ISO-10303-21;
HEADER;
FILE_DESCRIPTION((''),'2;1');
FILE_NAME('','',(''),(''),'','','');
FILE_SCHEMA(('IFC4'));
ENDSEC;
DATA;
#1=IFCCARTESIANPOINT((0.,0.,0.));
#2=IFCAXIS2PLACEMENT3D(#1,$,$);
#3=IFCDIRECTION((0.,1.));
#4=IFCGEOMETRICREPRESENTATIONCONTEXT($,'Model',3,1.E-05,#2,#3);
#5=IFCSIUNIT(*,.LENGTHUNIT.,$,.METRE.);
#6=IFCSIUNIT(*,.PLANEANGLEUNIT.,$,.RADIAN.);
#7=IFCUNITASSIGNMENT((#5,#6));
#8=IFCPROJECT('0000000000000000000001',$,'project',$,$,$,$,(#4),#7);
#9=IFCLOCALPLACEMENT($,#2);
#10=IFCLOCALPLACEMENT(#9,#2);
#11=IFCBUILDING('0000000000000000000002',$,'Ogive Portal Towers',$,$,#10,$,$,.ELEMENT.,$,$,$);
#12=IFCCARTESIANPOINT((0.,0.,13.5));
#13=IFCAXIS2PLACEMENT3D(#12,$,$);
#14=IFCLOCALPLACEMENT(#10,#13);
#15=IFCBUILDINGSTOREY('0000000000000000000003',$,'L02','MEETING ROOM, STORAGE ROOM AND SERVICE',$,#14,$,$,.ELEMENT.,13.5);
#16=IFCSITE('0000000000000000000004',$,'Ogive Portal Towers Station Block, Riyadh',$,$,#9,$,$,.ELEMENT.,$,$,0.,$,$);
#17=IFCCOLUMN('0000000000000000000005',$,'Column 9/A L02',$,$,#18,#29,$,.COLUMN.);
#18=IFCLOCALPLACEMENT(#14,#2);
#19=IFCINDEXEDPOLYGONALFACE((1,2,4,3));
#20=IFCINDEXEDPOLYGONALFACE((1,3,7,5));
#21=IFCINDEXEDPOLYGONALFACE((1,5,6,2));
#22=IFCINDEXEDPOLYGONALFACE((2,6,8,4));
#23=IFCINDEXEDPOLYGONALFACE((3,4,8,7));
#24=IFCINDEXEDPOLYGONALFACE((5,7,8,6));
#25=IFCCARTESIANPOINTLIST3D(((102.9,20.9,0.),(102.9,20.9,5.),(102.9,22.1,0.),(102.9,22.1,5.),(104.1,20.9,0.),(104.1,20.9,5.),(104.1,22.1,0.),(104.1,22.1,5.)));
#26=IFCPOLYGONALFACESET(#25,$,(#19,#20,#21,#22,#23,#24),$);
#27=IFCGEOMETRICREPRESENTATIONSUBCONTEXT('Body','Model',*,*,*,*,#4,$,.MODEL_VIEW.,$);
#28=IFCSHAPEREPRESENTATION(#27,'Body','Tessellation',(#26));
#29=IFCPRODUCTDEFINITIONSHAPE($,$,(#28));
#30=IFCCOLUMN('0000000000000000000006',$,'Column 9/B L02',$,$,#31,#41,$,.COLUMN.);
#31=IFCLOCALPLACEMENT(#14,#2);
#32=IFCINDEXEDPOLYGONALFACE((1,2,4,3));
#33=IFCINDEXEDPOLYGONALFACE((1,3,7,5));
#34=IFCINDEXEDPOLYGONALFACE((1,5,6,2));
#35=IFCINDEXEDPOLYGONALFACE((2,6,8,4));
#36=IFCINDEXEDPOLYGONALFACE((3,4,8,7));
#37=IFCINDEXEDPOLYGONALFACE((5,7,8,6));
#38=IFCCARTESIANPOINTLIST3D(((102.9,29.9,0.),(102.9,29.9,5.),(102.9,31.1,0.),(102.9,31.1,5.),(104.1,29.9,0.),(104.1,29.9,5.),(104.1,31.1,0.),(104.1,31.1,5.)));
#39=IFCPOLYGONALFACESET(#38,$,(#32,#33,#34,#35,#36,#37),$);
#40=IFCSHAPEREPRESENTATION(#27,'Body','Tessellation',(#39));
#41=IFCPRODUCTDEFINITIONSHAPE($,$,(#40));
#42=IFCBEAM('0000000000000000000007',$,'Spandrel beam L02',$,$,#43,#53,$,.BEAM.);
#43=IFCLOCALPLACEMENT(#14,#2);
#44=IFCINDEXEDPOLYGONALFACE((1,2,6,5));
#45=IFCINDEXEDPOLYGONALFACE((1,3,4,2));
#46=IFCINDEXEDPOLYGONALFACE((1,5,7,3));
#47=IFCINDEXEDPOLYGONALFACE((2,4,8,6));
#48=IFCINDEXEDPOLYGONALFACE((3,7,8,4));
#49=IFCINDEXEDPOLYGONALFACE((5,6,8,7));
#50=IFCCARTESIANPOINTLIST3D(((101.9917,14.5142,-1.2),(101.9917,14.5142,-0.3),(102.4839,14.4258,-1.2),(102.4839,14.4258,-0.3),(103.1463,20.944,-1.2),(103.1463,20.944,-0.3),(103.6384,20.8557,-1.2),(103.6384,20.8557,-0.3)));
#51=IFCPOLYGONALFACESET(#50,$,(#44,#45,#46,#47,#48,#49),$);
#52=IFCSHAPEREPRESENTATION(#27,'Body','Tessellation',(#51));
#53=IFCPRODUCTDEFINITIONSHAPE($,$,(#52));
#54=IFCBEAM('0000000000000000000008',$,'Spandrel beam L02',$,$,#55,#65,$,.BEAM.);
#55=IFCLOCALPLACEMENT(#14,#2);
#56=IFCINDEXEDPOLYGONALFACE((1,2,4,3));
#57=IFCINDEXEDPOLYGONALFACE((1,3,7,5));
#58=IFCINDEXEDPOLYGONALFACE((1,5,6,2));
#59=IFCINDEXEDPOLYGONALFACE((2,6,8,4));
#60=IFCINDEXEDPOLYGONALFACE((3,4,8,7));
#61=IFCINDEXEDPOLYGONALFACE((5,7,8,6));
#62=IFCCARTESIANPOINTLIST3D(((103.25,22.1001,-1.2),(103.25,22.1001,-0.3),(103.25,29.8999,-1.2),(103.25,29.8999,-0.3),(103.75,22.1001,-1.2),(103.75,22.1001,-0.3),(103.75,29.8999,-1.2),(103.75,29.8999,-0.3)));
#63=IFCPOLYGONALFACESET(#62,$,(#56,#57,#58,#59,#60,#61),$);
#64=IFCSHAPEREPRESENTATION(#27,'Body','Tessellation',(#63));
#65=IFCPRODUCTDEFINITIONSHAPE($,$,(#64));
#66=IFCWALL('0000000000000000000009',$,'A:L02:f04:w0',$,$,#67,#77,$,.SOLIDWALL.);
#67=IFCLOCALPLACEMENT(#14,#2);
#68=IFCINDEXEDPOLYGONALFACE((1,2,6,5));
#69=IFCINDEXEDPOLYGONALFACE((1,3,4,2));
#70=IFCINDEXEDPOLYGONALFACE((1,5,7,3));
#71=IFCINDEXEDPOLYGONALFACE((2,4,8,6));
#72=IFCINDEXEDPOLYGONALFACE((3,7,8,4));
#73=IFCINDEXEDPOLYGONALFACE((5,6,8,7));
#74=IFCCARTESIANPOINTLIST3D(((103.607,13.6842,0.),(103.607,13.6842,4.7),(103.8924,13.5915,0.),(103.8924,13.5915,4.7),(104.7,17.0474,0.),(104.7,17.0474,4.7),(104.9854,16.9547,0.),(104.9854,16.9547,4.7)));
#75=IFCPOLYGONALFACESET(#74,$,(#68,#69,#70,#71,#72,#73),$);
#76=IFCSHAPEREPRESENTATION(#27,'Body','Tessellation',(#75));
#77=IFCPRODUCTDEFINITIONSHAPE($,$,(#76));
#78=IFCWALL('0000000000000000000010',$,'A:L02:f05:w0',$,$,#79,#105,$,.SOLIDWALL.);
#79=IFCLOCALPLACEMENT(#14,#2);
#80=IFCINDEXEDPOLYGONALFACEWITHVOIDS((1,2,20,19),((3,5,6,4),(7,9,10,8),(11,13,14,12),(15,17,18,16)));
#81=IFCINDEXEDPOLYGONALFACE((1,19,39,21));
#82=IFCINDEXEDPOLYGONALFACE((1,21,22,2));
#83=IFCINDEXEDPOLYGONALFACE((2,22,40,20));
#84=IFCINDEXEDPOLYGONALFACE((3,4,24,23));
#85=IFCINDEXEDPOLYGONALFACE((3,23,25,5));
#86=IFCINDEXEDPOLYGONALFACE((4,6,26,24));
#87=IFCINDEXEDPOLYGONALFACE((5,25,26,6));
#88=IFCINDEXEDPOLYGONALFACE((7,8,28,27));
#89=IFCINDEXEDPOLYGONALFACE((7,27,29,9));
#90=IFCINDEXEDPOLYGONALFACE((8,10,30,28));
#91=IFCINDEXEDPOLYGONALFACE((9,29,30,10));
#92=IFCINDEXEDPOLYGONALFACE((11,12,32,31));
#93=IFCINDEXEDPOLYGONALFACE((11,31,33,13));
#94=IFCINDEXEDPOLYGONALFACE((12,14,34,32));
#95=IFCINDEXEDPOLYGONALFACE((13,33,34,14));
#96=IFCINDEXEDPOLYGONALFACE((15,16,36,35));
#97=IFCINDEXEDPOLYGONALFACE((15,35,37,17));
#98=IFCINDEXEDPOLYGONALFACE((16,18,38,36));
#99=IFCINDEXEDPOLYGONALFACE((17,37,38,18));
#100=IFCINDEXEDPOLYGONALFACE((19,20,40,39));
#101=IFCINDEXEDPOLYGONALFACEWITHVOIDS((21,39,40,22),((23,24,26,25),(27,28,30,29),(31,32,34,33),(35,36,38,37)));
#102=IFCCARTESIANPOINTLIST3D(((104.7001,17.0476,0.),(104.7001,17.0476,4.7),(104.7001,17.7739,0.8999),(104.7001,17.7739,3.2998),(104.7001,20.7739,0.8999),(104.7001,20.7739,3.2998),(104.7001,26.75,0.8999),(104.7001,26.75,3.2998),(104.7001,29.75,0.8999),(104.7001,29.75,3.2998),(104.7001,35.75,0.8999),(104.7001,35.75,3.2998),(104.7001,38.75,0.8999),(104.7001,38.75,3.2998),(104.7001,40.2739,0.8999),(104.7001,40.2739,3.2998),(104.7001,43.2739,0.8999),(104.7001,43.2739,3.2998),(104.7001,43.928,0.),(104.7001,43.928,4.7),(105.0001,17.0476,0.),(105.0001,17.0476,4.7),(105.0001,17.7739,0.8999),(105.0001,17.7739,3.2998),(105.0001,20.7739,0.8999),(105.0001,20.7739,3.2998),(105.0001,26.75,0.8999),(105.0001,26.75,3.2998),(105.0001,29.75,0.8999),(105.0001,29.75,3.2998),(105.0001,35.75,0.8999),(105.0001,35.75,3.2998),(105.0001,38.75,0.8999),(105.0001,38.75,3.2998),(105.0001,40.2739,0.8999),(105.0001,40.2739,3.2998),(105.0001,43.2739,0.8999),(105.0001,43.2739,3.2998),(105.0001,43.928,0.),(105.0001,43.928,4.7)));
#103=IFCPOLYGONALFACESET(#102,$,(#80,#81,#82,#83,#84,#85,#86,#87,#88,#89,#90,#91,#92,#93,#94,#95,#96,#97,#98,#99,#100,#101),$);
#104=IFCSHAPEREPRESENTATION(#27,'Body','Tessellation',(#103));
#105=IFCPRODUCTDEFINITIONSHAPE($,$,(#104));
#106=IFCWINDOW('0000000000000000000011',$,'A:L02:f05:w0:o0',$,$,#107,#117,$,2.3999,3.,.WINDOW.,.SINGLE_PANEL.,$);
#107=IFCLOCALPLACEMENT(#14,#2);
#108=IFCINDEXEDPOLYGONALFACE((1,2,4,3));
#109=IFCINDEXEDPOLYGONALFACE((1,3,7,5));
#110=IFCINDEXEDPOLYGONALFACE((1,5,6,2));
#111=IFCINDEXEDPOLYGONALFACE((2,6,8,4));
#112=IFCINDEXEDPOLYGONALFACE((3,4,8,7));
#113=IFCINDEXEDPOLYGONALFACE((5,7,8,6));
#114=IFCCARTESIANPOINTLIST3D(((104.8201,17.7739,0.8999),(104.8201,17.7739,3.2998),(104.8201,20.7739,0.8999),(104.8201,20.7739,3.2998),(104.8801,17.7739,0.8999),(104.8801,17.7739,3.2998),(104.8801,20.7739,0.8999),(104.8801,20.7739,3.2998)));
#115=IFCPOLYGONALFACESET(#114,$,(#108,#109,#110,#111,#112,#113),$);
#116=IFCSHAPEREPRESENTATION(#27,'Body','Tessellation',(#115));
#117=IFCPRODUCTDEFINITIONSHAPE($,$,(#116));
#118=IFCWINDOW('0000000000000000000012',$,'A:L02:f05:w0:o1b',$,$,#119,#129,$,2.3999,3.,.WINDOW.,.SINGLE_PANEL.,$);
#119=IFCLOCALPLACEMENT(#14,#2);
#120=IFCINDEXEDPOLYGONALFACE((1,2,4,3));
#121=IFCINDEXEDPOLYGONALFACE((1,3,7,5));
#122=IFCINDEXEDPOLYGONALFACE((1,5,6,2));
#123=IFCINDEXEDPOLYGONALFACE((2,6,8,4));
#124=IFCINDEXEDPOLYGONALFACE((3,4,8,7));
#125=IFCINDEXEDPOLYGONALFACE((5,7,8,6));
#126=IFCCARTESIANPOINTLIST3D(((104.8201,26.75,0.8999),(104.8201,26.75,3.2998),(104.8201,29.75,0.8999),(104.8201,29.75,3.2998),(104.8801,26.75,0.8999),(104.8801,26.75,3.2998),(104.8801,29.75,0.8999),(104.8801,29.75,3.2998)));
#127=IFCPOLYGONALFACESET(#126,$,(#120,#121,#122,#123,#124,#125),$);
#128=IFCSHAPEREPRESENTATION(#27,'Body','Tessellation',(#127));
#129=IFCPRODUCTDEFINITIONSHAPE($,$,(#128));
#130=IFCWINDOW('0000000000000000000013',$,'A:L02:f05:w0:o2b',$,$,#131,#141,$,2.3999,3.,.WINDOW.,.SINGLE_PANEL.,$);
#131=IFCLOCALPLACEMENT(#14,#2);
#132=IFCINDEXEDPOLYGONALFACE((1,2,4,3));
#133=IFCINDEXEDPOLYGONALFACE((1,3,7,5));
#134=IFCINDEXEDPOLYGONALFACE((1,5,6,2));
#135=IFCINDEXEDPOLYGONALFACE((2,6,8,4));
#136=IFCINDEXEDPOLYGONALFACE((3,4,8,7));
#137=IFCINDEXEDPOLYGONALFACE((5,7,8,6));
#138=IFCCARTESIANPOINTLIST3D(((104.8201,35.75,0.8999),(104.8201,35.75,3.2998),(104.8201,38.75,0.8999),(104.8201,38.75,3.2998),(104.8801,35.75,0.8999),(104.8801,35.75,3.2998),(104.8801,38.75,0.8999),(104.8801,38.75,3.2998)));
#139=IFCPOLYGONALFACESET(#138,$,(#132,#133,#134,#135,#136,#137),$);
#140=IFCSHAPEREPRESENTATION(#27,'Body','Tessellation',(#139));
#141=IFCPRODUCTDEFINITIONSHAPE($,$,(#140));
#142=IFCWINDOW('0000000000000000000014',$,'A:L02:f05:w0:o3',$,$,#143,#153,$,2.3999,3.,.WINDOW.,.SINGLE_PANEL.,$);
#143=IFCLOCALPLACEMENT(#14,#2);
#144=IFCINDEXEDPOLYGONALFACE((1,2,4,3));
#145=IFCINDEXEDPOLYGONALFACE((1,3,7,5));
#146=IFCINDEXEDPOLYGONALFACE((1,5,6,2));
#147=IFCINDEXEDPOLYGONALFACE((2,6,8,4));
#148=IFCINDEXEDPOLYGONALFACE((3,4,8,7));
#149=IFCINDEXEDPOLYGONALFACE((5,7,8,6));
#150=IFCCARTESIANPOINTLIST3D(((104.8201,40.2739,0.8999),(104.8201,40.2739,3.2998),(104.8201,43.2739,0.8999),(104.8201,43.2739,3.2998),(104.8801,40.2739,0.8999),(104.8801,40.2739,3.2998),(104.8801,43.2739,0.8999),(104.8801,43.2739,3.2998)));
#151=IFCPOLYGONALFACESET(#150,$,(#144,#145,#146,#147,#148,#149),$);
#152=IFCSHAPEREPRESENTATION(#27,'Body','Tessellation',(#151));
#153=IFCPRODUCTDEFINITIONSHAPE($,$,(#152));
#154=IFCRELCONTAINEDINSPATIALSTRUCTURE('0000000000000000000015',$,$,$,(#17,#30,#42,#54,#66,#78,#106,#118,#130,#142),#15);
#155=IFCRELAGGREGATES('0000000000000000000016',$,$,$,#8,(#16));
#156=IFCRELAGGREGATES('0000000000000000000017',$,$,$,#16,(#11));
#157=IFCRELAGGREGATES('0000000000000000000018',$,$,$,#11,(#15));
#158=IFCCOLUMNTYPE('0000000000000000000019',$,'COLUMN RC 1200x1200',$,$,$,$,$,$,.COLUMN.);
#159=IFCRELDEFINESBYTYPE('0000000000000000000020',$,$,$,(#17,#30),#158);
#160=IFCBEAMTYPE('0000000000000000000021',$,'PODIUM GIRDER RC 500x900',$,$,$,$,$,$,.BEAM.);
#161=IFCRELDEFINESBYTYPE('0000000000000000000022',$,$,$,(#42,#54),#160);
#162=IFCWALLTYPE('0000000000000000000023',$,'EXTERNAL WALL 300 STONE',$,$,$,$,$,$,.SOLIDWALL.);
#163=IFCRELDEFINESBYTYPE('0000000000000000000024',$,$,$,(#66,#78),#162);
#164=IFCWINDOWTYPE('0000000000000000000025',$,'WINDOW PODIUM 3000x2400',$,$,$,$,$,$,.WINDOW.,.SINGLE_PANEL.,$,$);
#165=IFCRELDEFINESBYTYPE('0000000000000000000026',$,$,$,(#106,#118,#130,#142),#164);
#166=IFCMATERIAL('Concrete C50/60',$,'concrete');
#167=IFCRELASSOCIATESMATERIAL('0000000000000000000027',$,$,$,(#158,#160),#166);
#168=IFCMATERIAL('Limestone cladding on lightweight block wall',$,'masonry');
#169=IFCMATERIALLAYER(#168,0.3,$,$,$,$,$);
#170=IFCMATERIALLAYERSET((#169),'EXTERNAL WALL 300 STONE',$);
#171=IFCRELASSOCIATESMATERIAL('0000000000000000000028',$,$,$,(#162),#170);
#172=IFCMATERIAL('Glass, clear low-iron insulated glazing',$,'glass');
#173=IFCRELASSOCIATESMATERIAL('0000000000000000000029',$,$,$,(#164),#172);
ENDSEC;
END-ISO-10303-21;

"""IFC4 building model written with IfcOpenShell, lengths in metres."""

from ifc_helpers import new_model, si_unit, direction, frame, frame_2d, origin, origin_2d, place, context, subcontext, project, spatial, rectangle, extrude, material, layer, layer_set, material_profile, profile_set, type_object, element, fill, save


model = new_model("IFC4")

# Units and contexts
model_context = context("Model", 3, precision=1e-05, world=origin(), true_north=direction((0.0, 1.0)))
body_context = subcontext(model_context, "Body", "Model", "MODEL_VIEW")
ifc_project = project(units=[si_unit("LENGTHUNIT", "METRE"), si_unit("PLANEANGLEUNIT", "RADIAN")], contexts=[model_context])

# Site, building, storey
site_placement = place(None, origin())
site = spatial("IfcSite", under=ifc_project, at=site_placement, Name="Ogive Portal Towers Station Block, Riyadh", CompositionType="ELEMENT", RefElevation=0.0)
building_placement = place(site_placement, origin())
building = spatial("IfcBuilding", under=site, at=building_placement, Name="Ogive Portal Towers", CompositionType="ELEMENT")
storey_placement = place(building_placement, frame((0.0, 0.0, 13.5)))
storey = spatial("IfcBuildingStorey", under=building, at=storey_placement, Name="L02", Description="MEETING ROOM, STORAGE ROOM AND SERVICE", CompositionType="ELEMENT", Elevation=13.5)

# Columns
ifc_material_1 = material(Name="Concrete C50/60", Category="concrete")
ifc_material_profile_1 = material_profile(ifc_material_1, rectangle(XDim=1.2, YDim=1.2, at=origin_2d()), Name="RC 1200x1200")
ifc_profile_set_1 = profile_set([ifc_material_profile_1], Name="Concrete C50/60")
column_type = type_object("IfcColumnType", Name="COLUMN RC 1200x1200", PredefinedType="COLUMN", material=ifc_profile_set_1)
for number, where, z_axis, x_axis, name in (
    (1, (103.5, 21.5, 0.0), (0.0, 0.0, 1.0), (1.0, 0.0, 0.0), "Column 9/A L02"),
    (2, (103.5, 30.5, 0.0), (0.0, 0.0, 1.0), (1.0, 0.0, 0.0), "Column 9/B L02"),
):
    element("IfcColumn", number, at=place(storey_placement, frame(where, z_axis=z_axis, x_axis=x_axis)), inside=storey, type_object=column_type, Name=name, PredefinedType="COLUMN", context=body_context, shape_type="SweptSolid", body=[
        extrude(rectangle(XDim=1.2, YDim=1.2, at=origin_2d()), origin(), (0.0, 0.0, 1.0), 5.0),
    ])

# Beams
ifc_material_profile_2 = material_profile(ifc_material_1, rectangle(XDim=0.5, YDim=0.8999, at=origin_2d()), Name="RC 500x900")
ifc_profile_set_2 = profile_set([ifc_material_profile_2], Name="Concrete C50/60")
beam_type = type_object("IfcBeamType", Name="PODIUM GIRDER RC 500x900", PredefinedType="BEAM", material=ifc_profile_set_2)
beam_1_placement = place(storey_placement, frame((102.2378, 14.47, -0.75), z_axis=(0.176731, 0.984259, 0.0), x_axis=(-0.984259, 0.176731, 0.0)))
element("IfcBeam", 3, at=beam_1_placement, inside=storey, type_object=beam_type, Name="Spandrel beam L02", PredefinedType="BEAM", context=body_context, shape_type="SweptSolid", body=[
    extrude(rectangle(XDim=0.5, YDim=0.8999, at=origin_2d()), origin(), (0.0, 0.0, 1.0), 6.5327),
])
beam_2_placement = place(storey_placement, frame((103.5, 22.1001, -0.75), z_axis=(0.0, 1.0, 0.0), x_axis=(-1.0, 0.0, 0.0)))
element("IfcBeam", 4, at=beam_2_placement, inside=storey, type_object=beam_type, Name="Spandrel beam L02", PredefinedType="BEAM", context=body_context, shape_type="SweptSolid", body=[
    extrude(rectangle(XDim=0.5, YDim=0.8999, at=origin_2d()), origin(), (0.0, 0.0, 1.0), 7.7998),
])

# Wall
ifc_material_2 = material(Name="Limestone cladding on lightweight block wall", Category="masonry")
ifc_layer_1 = layer(ifc_material_2, 0.3)
ifc_layer_set_1 = layer_set([ifc_layer_1], Name="EXTERNAL WALL 300 STONE")
wall_type = type_object("IfcWallType", Name="EXTERNAL WALL 300 STONE", PredefinedType="SOLIDWALL", material=ifc_layer_set_1)
wall_1_placement = place(storey_placement, frame((103.7498, 13.6379, 0.0), z_axis=(0.0, 0.0, 1.0), x_axis=(0.309074, 0.951038, 0.0)))
element("IfcWall", 5, at=wall_1_placement, inside=storey, type_object=wall_type, Name="A:L02:f04:w0", PredefinedType="SOLIDWALL", context=body_context, shape_type="SweptSolid", body=[
    extrude(rectangle(XDim=3.5364, YDim=0.3, at=frame_2d((1.7681, 0.0))), origin(), (0.0, 0.0, 1.0), 4.7),
])

# Wall, openings, windows
wall_2_placement = place(storey_placement, frame((104.8501, 17.0476, 0.0), z_axis=(0.0, 0.0, 1.0), x_axis=(0.0, 1.0, 0.0)))
wall_2 = element("IfcWall", 6, at=wall_2_placement, inside=storey, type_object=wall_type, Name="A:L02:f05:w0", PredefinedType="SOLIDWALL", context=body_context, shape_type="SweptSolid", body=[
    extrude(rectangle(XDim=26.8804, YDim=0.3, at=frame_2d((13.4402, 0.0))), origin(), (0.0, 0.0, 1.0), 4.7),
])
opening_1_placement = place(wall_2_placement, frame((0.7263, 0.0, 0.8999)))
opening_1 = element("IfcOpeningElement", 7, at=opening_1_placement, cuts=wall_2, PredefinedType="OPENING", context=body_context, shape_type="SweptSolid", body=[
    extrude(rectangle(XDim=3.0, YDim=2.3999, at=frame_2d((1.5, 1.2))), frame((0.0, 0.1602, 0.0), z_axis=(0.0, -1.0, 0.0), x_axis=(1.0, 0.0, 0.0)), (0.0, 0.0, 1.0), 0.3201),
])
opening_2_placement = place(wall_2_placement, frame((9.7024, 0.0, 0.8999)))
opening_2 = element("IfcOpeningElement", 8, at=opening_2_placement, cuts=wall_2, PredefinedType="OPENING", context=body_context, shape_type="SweptSolid", body=[
    extrude(rectangle(XDim=3.0, YDim=2.3999, at=frame_2d((1.5, 1.2))), frame((0.0, 0.1602, 0.0), z_axis=(0.0, -1.0, 0.0), x_axis=(1.0, 0.0, 0.0)), (0.0, 0.0, 1.0), 0.3201),
])
opening_3_placement = place(wall_2_placement, frame((18.7024, 0.0, 0.8999)))
opening_3 = element("IfcOpeningElement", 9, at=opening_3_placement, cuts=wall_2, PredefinedType="OPENING", context=body_context, shape_type="SweptSolid", body=[
    extrude(rectangle(XDim=3.0, YDim=2.3999, at=frame_2d((1.5, 1.2))), frame((0.0, 0.1602, 0.0), z_axis=(0.0, -1.0, 0.0), x_axis=(1.0, 0.0, 0.0)), (0.0, 0.0, 1.0), 0.3201),
])
opening_4_placement = place(wall_2_placement, frame((23.2263, 0.0, 0.8999)))
opening_4 = element("IfcOpeningElement", 10, at=opening_4_placement, cuts=wall_2, PredefinedType="OPENING", context=body_context, shape_type="SweptSolid", body=[
    extrude(rectangle(XDim=3.0, YDim=2.3999, at=frame_2d((1.5, 1.2))), frame((0.0, 0.1602, 0.0), z_axis=(0.0, -1.0, 0.0), x_axis=(1.0, 0.0, 0.0)), (0.0, 0.0, 1.0), 0.3201),
])
ifc_material_3 = material(Name="Glass, clear low-iron insulated glazing", Category="glass")
window_type = type_object("IfcWindowType", Name="WINDOW PODIUM 3000x2400", PartitioningType="SINGLE_PANEL", PredefinedType="WINDOW", material=ifc_material_3)
window_1_placement = place(opening_1_placement, origin())
window_1 = element("IfcWindow", 11, at=window_1_placement, inside=storey, type_object=window_type, Name="A:L02:f05:w0:o0", OverallHeight=2.3999, OverallWidth=3.0, PartitioningType="SINGLE_PANEL", PredefinedType="WINDOW", context=body_context, shape_type="SweptSolid", body=[
    extrude(rectangle(XDim=3.0, YDim=2.3999, at=frame_2d((1.5, 1.2))), frame((0.0, 0.03, 0.0), z_axis=(0.0, -1.0, 0.0), x_axis=(1.0, 0.0, 0.0)), (0.0, 0.0, 1.0), 0.0601),
])
fill(opening_1, window_1)
window_2_placement = place(opening_2_placement, origin())
window_2 = element("IfcWindow", 12, at=window_2_placement, inside=storey, type_object=window_type, Name="A:L02:f05:w0:o1b", OverallHeight=2.3999, OverallWidth=3.0, PartitioningType="SINGLE_PANEL", PredefinedType="WINDOW", context=body_context, shape_type="SweptSolid", body=[
    extrude(rectangle(XDim=3.0, YDim=2.3999, at=frame_2d((1.5, 1.2))), frame((0.0, 0.03, 0.0), z_axis=(0.0, -1.0, 0.0), x_axis=(1.0, 0.0, 0.0)), (0.0, 0.0, 1.0), 0.0601),
])
fill(opening_2, window_2)
window_3_placement = place(opening_3_placement, origin())
window_3 = element("IfcWindow", 13, at=window_3_placement, inside=storey, type_object=window_type, Name="A:L02:f05:w0:o2b", OverallHeight=2.3999, OverallWidth=3.0, PartitioningType="SINGLE_PANEL", PredefinedType="WINDOW", context=body_context, shape_type="SweptSolid", body=[
    extrude(rectangle(XDim=3.0, YDim=2.3999, at=frame_2d((1.5, 1.2))), frame((0.0, 0.03, 0.0), z_axis=(0.0, -1.0, 0.0), x_axis=(1.0, 0.0, 0.0)), (0.0, 0.0, 1.0), 0.0601),
])
fill(opening_3, window_3)
window_4_placement = place(opening_4_placement, origin())
window_4 = element("IfcWindow", 14, at=window_4_placement, inside=storey, type_object=window_type, Name="A:L02:f05:w0:o3", OverallHeight=2.3999, OverallWidth=3.0, PartitioningType="SINGLE_PANEL", PredefinedType="WINDOW", context=body_context, shape_type="SweptSolid", body=[
    extrude(rectangle(XDim=3.0, YDim=2.3999, at=frame_2d((1.5, 1.2))), frame((0.0, 0.03, 0.0), z_axis=(0.0, -1.0, 0.0), x_axis=(1.0, 0.0, 0.0)), (0.0, 0.0, 1.0), 0.0601),
])
fill(opening_4, window_4)

save(model, "model.ifc")
